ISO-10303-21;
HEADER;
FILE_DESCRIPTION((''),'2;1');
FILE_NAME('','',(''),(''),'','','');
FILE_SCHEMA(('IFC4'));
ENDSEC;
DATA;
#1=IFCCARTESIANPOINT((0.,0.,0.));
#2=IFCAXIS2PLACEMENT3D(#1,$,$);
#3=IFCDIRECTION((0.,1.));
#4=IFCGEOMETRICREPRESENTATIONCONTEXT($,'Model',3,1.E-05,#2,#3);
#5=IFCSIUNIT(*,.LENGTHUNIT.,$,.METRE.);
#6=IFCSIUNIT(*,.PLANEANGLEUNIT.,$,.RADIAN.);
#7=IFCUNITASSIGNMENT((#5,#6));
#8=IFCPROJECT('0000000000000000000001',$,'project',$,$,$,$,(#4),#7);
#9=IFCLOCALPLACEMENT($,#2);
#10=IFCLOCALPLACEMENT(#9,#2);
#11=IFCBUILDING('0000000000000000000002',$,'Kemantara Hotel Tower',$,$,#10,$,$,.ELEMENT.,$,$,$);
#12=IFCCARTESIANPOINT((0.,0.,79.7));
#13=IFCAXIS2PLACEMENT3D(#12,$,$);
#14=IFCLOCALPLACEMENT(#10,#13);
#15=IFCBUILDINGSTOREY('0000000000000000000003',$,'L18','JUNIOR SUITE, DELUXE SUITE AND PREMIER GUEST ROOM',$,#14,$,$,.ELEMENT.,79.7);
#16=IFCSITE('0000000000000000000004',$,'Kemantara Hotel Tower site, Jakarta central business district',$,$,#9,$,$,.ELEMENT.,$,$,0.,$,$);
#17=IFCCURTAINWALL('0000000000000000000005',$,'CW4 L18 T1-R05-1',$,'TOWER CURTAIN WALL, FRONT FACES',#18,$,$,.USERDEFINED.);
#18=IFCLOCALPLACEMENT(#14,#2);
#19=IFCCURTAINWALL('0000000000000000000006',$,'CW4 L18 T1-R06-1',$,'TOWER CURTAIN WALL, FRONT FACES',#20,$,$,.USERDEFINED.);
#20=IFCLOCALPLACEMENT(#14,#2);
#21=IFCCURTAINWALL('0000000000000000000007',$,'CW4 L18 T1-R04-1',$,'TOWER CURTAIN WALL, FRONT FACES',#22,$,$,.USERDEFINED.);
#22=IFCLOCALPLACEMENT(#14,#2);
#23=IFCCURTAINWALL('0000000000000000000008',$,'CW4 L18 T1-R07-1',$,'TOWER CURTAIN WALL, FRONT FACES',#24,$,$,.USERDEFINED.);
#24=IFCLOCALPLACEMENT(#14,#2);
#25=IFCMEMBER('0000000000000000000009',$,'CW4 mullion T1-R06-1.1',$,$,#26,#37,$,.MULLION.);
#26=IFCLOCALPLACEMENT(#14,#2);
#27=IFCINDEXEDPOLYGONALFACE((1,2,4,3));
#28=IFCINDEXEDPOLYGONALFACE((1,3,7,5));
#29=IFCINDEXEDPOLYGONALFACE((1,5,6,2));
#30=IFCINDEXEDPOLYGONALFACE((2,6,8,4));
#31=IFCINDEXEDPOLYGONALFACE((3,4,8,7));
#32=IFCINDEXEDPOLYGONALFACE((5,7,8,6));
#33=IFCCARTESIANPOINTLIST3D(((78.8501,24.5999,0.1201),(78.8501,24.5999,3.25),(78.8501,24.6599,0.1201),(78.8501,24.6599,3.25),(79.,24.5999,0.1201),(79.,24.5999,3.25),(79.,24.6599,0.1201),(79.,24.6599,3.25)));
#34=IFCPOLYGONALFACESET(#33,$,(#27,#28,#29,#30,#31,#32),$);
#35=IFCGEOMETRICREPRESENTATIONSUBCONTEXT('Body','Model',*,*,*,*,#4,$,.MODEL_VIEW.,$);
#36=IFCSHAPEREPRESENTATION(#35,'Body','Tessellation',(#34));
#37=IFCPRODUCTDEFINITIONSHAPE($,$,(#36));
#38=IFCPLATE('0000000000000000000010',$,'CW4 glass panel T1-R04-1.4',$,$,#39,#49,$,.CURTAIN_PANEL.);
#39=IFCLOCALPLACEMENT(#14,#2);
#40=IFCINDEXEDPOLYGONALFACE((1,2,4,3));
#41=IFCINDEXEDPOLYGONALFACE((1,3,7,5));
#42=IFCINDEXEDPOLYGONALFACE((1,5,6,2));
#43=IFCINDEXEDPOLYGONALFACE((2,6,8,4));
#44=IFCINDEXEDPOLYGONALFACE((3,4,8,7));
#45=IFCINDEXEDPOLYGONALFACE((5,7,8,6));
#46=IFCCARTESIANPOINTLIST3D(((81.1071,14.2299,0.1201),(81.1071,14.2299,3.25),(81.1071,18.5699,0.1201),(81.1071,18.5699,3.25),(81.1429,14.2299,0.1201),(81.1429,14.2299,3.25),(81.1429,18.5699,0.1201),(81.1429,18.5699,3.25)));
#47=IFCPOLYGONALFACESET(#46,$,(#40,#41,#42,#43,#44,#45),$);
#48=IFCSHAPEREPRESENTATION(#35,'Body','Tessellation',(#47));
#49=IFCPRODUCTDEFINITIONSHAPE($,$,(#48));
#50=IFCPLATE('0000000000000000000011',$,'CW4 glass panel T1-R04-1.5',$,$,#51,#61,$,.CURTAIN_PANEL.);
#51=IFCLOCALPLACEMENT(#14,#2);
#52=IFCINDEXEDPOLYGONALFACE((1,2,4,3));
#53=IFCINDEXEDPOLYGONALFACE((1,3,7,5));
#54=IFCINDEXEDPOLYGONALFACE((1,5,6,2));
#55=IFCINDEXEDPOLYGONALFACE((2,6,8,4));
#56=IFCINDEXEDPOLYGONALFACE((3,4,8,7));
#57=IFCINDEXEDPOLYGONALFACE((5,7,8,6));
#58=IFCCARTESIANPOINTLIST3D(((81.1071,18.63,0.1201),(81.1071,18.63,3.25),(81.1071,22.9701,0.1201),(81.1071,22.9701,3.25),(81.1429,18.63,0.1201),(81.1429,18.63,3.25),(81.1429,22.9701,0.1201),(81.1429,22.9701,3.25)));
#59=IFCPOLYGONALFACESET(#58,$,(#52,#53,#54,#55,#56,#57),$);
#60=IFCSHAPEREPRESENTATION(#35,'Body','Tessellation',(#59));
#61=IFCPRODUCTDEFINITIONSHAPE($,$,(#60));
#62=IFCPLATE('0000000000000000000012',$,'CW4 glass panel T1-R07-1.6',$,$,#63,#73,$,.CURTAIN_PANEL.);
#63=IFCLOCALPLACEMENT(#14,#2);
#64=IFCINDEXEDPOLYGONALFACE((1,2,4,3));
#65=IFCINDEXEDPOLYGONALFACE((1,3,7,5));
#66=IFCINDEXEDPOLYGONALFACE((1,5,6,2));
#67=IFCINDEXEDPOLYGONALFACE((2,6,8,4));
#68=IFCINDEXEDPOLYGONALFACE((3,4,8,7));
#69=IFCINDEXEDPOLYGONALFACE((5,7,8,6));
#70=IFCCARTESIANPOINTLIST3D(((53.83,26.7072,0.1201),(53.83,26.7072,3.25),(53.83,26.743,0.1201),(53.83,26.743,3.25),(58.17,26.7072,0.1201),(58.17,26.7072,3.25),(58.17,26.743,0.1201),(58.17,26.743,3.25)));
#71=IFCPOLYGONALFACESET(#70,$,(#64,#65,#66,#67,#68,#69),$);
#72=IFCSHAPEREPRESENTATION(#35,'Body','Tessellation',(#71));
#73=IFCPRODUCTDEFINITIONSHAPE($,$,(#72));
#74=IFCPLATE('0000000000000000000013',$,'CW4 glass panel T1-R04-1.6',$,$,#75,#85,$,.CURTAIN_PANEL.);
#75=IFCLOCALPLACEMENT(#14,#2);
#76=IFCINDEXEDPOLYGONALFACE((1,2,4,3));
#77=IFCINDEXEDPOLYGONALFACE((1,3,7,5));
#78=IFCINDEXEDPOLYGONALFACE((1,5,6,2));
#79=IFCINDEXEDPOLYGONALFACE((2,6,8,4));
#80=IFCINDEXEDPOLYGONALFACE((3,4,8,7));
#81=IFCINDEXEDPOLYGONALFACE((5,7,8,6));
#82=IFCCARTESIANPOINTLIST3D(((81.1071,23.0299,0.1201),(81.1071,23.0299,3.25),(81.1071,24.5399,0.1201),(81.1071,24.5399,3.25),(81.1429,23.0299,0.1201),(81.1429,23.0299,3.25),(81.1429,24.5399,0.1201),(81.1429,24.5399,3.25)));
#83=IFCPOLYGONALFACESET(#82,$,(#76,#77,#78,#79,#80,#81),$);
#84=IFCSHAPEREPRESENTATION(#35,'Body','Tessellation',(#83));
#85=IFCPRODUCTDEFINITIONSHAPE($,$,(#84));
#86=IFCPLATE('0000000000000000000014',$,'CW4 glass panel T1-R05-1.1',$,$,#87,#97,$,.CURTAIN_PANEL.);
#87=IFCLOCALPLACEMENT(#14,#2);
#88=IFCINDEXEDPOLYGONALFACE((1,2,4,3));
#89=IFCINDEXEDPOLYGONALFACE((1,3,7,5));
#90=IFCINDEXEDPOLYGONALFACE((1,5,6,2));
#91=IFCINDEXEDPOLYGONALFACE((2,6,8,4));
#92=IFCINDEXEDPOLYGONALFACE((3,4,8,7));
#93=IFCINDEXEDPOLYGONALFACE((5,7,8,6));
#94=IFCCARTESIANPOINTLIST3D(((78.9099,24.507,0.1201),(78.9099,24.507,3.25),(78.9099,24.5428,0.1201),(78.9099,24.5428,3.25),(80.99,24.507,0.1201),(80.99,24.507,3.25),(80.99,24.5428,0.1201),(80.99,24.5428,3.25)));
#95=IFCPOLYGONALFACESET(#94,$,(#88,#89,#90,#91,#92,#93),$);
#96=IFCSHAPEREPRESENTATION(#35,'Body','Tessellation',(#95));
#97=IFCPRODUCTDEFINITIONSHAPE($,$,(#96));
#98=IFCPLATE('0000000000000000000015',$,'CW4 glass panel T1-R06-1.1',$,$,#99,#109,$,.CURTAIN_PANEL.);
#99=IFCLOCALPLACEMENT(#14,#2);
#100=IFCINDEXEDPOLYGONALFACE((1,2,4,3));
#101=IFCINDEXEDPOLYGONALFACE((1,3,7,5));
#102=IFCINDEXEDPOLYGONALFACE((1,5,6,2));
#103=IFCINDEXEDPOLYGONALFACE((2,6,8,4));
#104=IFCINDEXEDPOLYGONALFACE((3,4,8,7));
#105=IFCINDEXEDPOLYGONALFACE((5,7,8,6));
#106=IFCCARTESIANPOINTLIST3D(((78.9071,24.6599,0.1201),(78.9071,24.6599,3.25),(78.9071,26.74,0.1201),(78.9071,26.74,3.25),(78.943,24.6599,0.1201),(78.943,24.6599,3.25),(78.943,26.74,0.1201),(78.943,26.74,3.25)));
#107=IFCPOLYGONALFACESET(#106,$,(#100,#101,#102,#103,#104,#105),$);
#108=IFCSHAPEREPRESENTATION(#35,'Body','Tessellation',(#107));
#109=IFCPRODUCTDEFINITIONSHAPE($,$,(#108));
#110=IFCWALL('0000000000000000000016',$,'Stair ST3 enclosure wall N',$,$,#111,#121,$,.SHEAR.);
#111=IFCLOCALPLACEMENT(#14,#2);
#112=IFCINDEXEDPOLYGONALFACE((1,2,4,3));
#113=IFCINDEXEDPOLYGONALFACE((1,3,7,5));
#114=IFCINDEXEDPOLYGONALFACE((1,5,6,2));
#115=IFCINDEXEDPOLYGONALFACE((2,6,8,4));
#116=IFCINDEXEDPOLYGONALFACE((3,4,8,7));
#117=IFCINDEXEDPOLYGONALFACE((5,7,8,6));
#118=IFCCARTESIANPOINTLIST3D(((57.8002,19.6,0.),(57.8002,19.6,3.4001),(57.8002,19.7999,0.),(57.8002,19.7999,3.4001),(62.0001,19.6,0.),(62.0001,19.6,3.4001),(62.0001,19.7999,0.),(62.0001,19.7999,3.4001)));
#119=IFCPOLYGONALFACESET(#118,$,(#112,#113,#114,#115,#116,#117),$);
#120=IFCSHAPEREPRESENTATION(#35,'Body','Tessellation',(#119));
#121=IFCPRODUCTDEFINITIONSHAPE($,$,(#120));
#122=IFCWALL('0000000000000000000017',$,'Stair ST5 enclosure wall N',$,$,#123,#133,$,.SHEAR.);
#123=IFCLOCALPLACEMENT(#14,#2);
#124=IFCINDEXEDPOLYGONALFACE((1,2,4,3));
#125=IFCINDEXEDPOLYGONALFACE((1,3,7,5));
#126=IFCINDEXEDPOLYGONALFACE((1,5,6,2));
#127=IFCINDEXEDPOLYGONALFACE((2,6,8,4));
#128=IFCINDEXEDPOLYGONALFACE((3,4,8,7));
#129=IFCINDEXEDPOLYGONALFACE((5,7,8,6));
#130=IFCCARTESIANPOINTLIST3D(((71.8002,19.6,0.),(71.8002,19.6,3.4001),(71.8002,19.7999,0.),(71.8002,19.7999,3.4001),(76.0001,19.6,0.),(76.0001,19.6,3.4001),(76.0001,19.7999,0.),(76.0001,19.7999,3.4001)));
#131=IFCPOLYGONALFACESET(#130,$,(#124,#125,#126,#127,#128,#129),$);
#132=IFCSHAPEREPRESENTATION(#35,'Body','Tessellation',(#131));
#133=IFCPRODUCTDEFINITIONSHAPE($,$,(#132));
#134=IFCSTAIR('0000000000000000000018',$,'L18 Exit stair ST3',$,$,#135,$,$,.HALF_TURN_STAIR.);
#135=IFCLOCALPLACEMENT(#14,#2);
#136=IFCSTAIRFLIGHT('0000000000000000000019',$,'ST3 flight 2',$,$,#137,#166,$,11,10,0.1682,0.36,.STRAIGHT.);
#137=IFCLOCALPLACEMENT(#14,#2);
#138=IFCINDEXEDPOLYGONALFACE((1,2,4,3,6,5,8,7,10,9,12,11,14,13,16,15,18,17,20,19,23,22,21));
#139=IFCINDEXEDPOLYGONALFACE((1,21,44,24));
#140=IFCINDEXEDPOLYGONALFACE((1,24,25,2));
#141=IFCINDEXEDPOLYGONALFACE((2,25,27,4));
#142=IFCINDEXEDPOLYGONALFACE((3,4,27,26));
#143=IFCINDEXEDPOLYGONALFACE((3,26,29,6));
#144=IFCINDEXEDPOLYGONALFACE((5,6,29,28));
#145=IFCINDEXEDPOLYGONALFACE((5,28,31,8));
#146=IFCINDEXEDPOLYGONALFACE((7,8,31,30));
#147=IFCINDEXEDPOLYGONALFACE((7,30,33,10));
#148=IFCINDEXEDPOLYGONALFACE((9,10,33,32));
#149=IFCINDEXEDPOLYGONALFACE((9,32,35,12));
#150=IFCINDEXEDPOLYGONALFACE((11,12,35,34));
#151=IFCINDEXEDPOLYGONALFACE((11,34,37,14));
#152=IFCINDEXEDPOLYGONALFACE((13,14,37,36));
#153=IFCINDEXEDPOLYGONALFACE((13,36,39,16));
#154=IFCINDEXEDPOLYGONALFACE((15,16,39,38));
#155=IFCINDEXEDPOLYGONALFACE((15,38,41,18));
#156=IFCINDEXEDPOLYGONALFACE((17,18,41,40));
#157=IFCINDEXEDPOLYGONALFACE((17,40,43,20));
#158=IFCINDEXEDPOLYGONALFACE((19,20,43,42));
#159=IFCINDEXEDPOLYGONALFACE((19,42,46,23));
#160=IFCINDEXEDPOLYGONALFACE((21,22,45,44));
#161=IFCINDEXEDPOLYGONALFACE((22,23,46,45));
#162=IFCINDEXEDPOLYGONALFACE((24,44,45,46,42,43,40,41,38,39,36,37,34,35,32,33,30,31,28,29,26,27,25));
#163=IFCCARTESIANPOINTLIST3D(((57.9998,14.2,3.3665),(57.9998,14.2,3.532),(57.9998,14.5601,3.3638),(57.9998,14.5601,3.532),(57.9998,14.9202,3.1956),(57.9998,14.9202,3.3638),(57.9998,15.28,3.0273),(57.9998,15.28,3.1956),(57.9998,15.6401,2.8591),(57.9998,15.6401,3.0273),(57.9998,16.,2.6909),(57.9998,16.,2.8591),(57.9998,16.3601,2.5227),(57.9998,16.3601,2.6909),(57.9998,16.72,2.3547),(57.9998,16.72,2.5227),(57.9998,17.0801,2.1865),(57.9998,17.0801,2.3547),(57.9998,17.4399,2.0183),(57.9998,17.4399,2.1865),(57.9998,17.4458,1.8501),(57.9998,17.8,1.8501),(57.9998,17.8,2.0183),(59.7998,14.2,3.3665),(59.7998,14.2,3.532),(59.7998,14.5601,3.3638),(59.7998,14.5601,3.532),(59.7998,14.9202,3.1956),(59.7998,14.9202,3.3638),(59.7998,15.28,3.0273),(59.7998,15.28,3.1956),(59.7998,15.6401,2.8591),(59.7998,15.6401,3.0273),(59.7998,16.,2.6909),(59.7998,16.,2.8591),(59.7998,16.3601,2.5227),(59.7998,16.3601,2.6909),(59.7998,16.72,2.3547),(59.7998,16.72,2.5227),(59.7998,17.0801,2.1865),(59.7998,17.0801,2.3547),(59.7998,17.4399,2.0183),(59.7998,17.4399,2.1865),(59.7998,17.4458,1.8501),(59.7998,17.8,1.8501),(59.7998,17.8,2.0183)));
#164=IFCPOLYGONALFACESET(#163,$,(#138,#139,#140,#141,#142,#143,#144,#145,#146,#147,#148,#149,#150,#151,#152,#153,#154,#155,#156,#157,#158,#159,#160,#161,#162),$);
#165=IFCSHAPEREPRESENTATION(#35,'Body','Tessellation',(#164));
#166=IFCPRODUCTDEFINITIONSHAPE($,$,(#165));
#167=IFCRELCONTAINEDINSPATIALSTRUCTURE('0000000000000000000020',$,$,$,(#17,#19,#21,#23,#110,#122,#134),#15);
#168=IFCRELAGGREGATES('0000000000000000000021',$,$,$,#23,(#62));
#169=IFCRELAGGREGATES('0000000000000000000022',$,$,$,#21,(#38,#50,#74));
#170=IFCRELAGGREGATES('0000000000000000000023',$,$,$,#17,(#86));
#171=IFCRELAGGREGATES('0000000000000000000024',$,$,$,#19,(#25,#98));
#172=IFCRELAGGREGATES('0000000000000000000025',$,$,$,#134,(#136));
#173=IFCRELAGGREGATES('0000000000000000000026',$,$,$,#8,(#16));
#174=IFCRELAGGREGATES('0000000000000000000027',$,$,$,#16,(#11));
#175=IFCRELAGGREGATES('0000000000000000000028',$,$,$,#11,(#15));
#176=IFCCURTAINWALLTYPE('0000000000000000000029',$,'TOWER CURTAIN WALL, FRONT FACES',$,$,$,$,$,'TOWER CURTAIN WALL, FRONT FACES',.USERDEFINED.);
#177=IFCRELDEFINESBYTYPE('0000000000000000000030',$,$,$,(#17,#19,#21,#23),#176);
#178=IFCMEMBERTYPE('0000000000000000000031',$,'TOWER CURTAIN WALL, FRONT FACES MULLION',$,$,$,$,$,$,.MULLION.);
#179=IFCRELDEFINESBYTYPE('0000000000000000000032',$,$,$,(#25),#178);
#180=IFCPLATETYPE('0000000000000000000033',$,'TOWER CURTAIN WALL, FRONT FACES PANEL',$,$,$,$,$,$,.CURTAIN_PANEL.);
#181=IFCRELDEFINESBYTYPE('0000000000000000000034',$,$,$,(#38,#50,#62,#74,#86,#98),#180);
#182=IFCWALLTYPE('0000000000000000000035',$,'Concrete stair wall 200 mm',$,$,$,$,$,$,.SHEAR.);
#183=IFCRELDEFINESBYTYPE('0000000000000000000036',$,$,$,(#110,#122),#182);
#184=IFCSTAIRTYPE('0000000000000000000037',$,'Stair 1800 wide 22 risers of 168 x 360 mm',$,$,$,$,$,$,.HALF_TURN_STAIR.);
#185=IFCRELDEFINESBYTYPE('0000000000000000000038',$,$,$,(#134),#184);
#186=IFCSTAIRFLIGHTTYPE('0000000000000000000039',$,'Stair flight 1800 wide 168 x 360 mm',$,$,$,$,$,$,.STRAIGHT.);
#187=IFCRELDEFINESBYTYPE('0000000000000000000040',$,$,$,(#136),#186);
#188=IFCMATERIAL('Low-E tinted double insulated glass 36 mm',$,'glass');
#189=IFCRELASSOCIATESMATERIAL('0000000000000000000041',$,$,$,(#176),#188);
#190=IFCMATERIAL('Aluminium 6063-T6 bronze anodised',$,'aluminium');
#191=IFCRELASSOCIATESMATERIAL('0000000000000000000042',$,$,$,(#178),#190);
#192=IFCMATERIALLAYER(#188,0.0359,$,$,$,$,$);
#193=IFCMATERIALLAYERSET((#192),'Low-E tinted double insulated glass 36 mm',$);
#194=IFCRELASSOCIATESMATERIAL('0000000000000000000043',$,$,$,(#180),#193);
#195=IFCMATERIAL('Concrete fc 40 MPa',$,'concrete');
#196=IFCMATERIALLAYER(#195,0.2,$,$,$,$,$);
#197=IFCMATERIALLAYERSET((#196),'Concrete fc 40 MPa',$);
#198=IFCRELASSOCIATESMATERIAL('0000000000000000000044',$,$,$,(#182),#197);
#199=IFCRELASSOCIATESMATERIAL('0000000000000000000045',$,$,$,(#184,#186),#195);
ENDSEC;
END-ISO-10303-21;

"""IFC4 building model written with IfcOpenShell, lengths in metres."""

from ifc_helpers import new_model, si_unit, direction, frame, frame_2d, origin, origin_2d, place, context, subcontext, project, spatial, polyline, rectangle, outline, extrude, source, transform, mapped, material, layer, layer_set, material_profile, profile_set, type_object, element, aggregate, save


model = new_model("IFC4")

# Units and contexts
model_context = context("Model", 3, precision=1e-05, world=origin(), true_north=direction((0.0, 1.0)))
body_context = subcontext(model_context, "Body", "Model", "MODEL_VIEW")
ifc_project = project(units=[si_unit("LENGTHUNIT", "METRE"), si_unit("PLANEANGLEUNIT", "RADIAN")], contexts=[model_context])

# Site, building, storey
site_placement = place(None, origin())
site = spatial("IfcSite", under=ifc_project, at=site_placement, Name="Kemantara Hotel Tower site, Jakarta central business district", CompositionType="ELEMENT", RefElevation=0.0)
building_placement = place(site_placement, origin())
building = spatial("IfcBuilding", under=site, at=building_placement, Name="Kemantara Hotel Tower", CompositionType="ELEMENT")
storey_placement = place(building_placement, frame((0.0, 0.0, 79.7)))
storey = spatial("IfcBuildingStorey", under=building, at=storey_placement, Name="L18", Description="JUNIOR SUITE, DELUXE SUITE AND PREMIER GUEST ROOM", CompositionType="ELEMENT", Elevation=79.7)

# Curtain walls
ifc_material_1 = material(Name="Low-E tinted double insulated glass 36 mm", Category="glass")
curtain_wall_type = type_object("IfcCurtainWallType", Name="TOWER CURTAIN WALL, FRONT FACES", ElementType="TOWER CURTAIN WALL, FRONT FACES", PredefinedType="USERDEFINED", material=ifc_material_1)
curtain_wall_1_placement = place(storey_placement, origin())
curtain_wall_1 = element("IfcCurtainWall", 1, at=curtain_wall_1_placement, inside=storey, type_object=curtain_wall_type, Name="CW4 L18 T1-R05-1", ObjectType="TOWER CURTAIN WALL, FRONT FACES", PredefinedType="USERDEFINED")
ifc_material_2 = material(Name="Aluminium 6063-T6 bronze anodised", Category="aluminium")
curtain_wall_2_placement = place(storey_placement, origin())
curtain_wall_2 = element("IfcCurtainWall", 2, at=curtain_wall_2_placement, inside=storey, type_object=curtain_wall_type, Name="CW4 L18 T1-R06-1", ObjectType="TOWER CURTAIN WALL, FRONT FACES", PredefinedType="USERDEFINED")

# Curtain walls
curtain_wall_3_placement = place(storey_placement, origin())
curtain_wall_3 = element("IfcCurtainWall", 3, at=curtain_wall_3_placement, inside=storey, type_object=curtain_wall_type, Name="CW4 L18 T1-R04-1", ObjectType="TOWER CURTAIN WALL, FRONT FACES", PredefinedType="USERDEFINED")
ifc_material_profile_1 = material_profile(ifc_material_2, rectangle(XDim=0.1499, YDim=0.0601, at=origin_2d()), Name="TOWER CURTAIN WALL, FRONT FACES MULLION")
ifc_profile_set_1 = profile_set([ifc_material_profile_1], Name="Aluminium 6063-T6 bronze anodised")
member_type_1 = type_object("IfcMemberType", Name="TOWER CURTAIN WALL, FRONT FACES MULLION", PredefinedType="MULLION", material=ifc_profile_set_1)
shared_shape_1 = source(origin(), body_context, "Body", "SweptSolid", [
    extrude(rectangle(XDim=0.1499, YDim=0.0601, at=origin_2d()), origin(), (0.0, 0.0, 1.0), 3.1299),
])
curtain_wall_4_placement = place(storey_placement, origin())
curtain_wall_4 = element("IfcCurtainWall", 4, at=curtain_wall_4_placement, inside=storey, type_object=curtain_wall_type, Name="CW4 L18 T1-R07-1", ObjectType="TOWER CURTAIN WALL, FRONT FACES", PredefinedType="USERDEFINED")

# Member
member_1_placement = place(storey_placement, frame((78.925, 24.6299, 0.1201), z_axis=(0.0, 0.0, 1.0), x_axis=(-1.0, 0.0, 0.0)))
member_1 = element("IfcMember", 5, at=member_1_placement, type_object=member_type_1, Name="CW4 mullion T1-R06-1.1", PredefinedType="MULLION", context=body_context, shape_type="MappedRepresentation", body=[
    mapped(shared_shape_1, transform((0.0, 0.0, 0.0))),
])

# Plates
ifc_layer_1 = layer(ifc_material_1, 0.0359)
ifc_layer_set_1 = layer_set([ifc_layer_1], Name="Low-E tinted double insulated glass 36 mm")
plate_type = type_object("IfcPlateType", Name="TOWER CURTAIN WALL, FRONT FACES PANEL", PredefinedType="CURTAIN_PANEL", material=ifc_layer_set_1)
shared_shape_2 = source(origin(), body_context, "Body", "SweptSolid", [
    extrude(rectangle(XDim=4.3401, YDim=0.0359, at=origin_2d()), origin(), (0.0, 0.0, 1.0), 3.1299),
])
plate_1_placement = place(storey_placement, frame((81.125, 16.3999, 0.1201), z_axis=(0.0, 0.0, 1.0), x_axis=(0.0, 1.0, 0.0)))
plate_1 = element("IfcPlate", 6, at=plate_1_placement, type_object=plate_type, Name="CW4 glass panel T1-R04-1.4", PredefinedType="CURTAIN_PANEL", context=body_context, shape_type="MappedRepresentation", body=[
    mapped(shared_shape_2, transform((0.0, 0.0, 0.0))),
])
plate_2_placement = place(storey_placement, frame((81.125, 20.8, 0.1201), z_axis=(0.0, 0.0, 1.0), x_axis=(0.0, 1.0, 0.0)))
plate_2 = element("IfcPlate", 7, at=plate_2_placement, type_object=plate_type, Name="CW4 glass panel T1-R04-1.5", PredefinedType="CURTAIN_PANEL", context=body_context, shape_type="MappedRepresentation", body=[
    mapped(shared_shape_2, transform((0.0, 0.0, 0.0))),
])
plate_3_placement = place(storey_placement, frame((56.0, 26.7251, 0.1201), z_axis=(0.0, 0.0, 1.0), x_axis=(-1.0, 0.0, 0.0)))
plate_3 = element("IfcPlate", 8, at=plate_3_placement, type_object=plate_type, Name="CW4 glass panel T1-R07-1.6", PredefinedType="CURTAIN_PANEL", context=body_context, shape_type="MappedRepresentation", body=[
    mapped(shared_shape_2, transform((0.0, 0.0, 0.0))),
])
aggregate(curtain_wall_4, [plate_3])
shared_shape_3 = source(origin(), body_context, "Body", "SweptSolid", [
    extrude(rectangle(XDim=1.51, YDim=0.0359, at=origin_2d()), origin(), (0.0, 0.0, 1.0), 3.1299),
])
plate_4_placement = place(storey_placement, frame((81.125, 23.7849, 0.1201), z_axis=(0.0, 0.0, 1.0), x_axis=(0.0, 1.0, 0.0)))
plate_4 = element("IfcPlate", 9, at=plate_4_placement, type_object=plate_type, Name="CW4 glass panel T1-R04-1.6", PredefinedType="CURTAIN_PANEL", context=body_context, shape_type="MappedRepresentation", body=[
    mapped(shared_shape_3, transform((0.0, 0.0, 0.0))),
])
aggregate(curtain_wall_3, [plate_1, plate_2, plate_4])
shared_shape_4 = source(origin(), body_context, "Body", "SweptSolid", [
    extrude(rectangle(XDim=2.0801, YDim=0.0359, at=origin_2d()), origin(), (0.0, 0.0, 1.0), 3.1299),
])
plate_5_placement = place(storey_placement, frame((79.95, 24.5249, 0.1201), z_axis=(0.0, 0.0, 1.0), x_axis=(-1.0, 0.0, 0.0)))
plate_5 = element("IfcPlate", 10, at=plate_5_placement, type_object=plate_type, Name="CW4 glass panel T1-R05-1.1", PredefinedType="CURTAIN_PANEL", context=body_context, shape_type="MappedRepresentation", body=[
    mapped(shared_shape_4, transform((0.0, 0.0, 0.0))),
])
aggregate(curtain_wall_1, [plate_5])
plate_6_placement = place(storey_placement, frame((78.925, 25.7, 0.1201), z_axis=(0.0, 0.0, 1.0), x_axis=(0.0, 1.0, 0.0)))
plate_6 = element("IfcPlate", 11, at=plate_6_placement, type_object=plate_type, Name="CW4 glass panel T1-R06-1.1", PredefinedType="CURTAIN_PANEL", context=body_context, shape_type="MappedRepresentation", body=[
    mapped(shared_shape_4, transform((0.0, 0.0, 0.0))),
])
aggregate(curtain_wall_2, [member_1, plate_6])

# Walls
ifc_material_3 = material(Name="Concrete fc 40 MPa", Category="concrete")
ifc_layer_2 = layer(ifc_material_3, 0.2)
ifc_layer_set_2 = layer_set([ifc_layer_2], Name="Concrete fc 40 MPa")
wall_type = type_object("IfcWallType", Name="Concrete stair wall 200 mm", PredefinedType="SHEAR", material=ifc_layer_set_2)
for number, where, z_axis, x_axis, name in (
    (12, (57.8, 19.7, 0.0), (0.0, 0.0, 1.0), (1.0, 0.0, 0.0), "Stair ST3 enclosure wall N"),
    (13, (71.8, 19.7, 0.0), (0.0, 0.0, 1.0), (1.0, 0.0, 0.0), "Stair ST5 enclosure wall N"),
):
    element("IfcWall", number, at=place(storey_placement, frame(where, z_axis=z_axis, x_axis=x_axis)), inside=storey, type_object=wall_type, Name=name, PredefinedType="SHEAR", context=body_context, shape_type="SweptSolid", body=[
        extrude(rectangle(XDim=4.2, YDim=0.2, at=frame_2d((2.1001, 0.0))), origin(), (0.0, 0.0, 1.0), 3.4001),
    ])

# Stair, stair flight
stair_type = type_object("IfcStairType", Name="Stair 1800 wide 22 risers of 168 x 360 mm", PredefinedType="HALF_TURN_STAIR", material=ifc_material_3)
stair_1_placement = place(storey_placement, origin())
stair_1 = element("IfcStair", 14, at=stair_1_placement, inside=storey, type_object=stair_type, Name="L18 Exit stair ST3", PredefinedType="HALF_TURN_STAIR")
stair_flight_type = type_object("IfcStairFlightType", Name="Stair flight 1800 wide 168 x 360 mm", PredefinedType="STRAIGHT", material=ifc_material_3)
stair_flight_1_placement = place(storey_placement, frame((58.8999, 17.8, 1.8501), z_axis=(0.0, 0.0, 1.0), x_axis=(0.0, -1.0, 0.0)))
stair_flight_1 = element("IfcStairFlight", 15, at=stair_flight_1_placement, type_object=stair_flight_type, Name="ST3 flight 2", NumberOfRisers=11, NumberOfTreads=10, PredefinedType="STRAIGHT", RiserHeight=0.1682, TreadLength=0.36, context=body_context, shape_type="SweptSolid", body=[
    extrude(outline(polyline([(0.0, 0.0), (0.0, 0.1682), (0.3601, 0.1682), (0.3601, 0.3364), (0.72, 0.3364), (0.72, 0.5046), (1.0801, 0.5046), (1.0801, 0.6726), (1.4399, 0.6726), (1.4399, 0.8408), (1.8, 0.8408), (1.8, 1.009), (2.1599, 1.009), (2.1599, 1.1772), (2.52, 1.1772), (2.52, 1.3455), (2.8799, 1.3455), (2.8799, 1.5137), (3.24, 1.5137), (3.24, 1.6819), (3.6001, 1.6819), (3.6001, 1.8501), (3.6001, 1.5164), (0.3542, 0.0), (0.0, 0.0)])), frame((0.0, 0.8999, 0.0), z_axis=(0.0, -1.0, 0.0), x_axis=(1.0, 0.0, 0.0)), (0.0, 0.0, 1.0), 1.8),
])
aggregate(stair_1, [stair_flight_1])

save(model, "model.ifc")
